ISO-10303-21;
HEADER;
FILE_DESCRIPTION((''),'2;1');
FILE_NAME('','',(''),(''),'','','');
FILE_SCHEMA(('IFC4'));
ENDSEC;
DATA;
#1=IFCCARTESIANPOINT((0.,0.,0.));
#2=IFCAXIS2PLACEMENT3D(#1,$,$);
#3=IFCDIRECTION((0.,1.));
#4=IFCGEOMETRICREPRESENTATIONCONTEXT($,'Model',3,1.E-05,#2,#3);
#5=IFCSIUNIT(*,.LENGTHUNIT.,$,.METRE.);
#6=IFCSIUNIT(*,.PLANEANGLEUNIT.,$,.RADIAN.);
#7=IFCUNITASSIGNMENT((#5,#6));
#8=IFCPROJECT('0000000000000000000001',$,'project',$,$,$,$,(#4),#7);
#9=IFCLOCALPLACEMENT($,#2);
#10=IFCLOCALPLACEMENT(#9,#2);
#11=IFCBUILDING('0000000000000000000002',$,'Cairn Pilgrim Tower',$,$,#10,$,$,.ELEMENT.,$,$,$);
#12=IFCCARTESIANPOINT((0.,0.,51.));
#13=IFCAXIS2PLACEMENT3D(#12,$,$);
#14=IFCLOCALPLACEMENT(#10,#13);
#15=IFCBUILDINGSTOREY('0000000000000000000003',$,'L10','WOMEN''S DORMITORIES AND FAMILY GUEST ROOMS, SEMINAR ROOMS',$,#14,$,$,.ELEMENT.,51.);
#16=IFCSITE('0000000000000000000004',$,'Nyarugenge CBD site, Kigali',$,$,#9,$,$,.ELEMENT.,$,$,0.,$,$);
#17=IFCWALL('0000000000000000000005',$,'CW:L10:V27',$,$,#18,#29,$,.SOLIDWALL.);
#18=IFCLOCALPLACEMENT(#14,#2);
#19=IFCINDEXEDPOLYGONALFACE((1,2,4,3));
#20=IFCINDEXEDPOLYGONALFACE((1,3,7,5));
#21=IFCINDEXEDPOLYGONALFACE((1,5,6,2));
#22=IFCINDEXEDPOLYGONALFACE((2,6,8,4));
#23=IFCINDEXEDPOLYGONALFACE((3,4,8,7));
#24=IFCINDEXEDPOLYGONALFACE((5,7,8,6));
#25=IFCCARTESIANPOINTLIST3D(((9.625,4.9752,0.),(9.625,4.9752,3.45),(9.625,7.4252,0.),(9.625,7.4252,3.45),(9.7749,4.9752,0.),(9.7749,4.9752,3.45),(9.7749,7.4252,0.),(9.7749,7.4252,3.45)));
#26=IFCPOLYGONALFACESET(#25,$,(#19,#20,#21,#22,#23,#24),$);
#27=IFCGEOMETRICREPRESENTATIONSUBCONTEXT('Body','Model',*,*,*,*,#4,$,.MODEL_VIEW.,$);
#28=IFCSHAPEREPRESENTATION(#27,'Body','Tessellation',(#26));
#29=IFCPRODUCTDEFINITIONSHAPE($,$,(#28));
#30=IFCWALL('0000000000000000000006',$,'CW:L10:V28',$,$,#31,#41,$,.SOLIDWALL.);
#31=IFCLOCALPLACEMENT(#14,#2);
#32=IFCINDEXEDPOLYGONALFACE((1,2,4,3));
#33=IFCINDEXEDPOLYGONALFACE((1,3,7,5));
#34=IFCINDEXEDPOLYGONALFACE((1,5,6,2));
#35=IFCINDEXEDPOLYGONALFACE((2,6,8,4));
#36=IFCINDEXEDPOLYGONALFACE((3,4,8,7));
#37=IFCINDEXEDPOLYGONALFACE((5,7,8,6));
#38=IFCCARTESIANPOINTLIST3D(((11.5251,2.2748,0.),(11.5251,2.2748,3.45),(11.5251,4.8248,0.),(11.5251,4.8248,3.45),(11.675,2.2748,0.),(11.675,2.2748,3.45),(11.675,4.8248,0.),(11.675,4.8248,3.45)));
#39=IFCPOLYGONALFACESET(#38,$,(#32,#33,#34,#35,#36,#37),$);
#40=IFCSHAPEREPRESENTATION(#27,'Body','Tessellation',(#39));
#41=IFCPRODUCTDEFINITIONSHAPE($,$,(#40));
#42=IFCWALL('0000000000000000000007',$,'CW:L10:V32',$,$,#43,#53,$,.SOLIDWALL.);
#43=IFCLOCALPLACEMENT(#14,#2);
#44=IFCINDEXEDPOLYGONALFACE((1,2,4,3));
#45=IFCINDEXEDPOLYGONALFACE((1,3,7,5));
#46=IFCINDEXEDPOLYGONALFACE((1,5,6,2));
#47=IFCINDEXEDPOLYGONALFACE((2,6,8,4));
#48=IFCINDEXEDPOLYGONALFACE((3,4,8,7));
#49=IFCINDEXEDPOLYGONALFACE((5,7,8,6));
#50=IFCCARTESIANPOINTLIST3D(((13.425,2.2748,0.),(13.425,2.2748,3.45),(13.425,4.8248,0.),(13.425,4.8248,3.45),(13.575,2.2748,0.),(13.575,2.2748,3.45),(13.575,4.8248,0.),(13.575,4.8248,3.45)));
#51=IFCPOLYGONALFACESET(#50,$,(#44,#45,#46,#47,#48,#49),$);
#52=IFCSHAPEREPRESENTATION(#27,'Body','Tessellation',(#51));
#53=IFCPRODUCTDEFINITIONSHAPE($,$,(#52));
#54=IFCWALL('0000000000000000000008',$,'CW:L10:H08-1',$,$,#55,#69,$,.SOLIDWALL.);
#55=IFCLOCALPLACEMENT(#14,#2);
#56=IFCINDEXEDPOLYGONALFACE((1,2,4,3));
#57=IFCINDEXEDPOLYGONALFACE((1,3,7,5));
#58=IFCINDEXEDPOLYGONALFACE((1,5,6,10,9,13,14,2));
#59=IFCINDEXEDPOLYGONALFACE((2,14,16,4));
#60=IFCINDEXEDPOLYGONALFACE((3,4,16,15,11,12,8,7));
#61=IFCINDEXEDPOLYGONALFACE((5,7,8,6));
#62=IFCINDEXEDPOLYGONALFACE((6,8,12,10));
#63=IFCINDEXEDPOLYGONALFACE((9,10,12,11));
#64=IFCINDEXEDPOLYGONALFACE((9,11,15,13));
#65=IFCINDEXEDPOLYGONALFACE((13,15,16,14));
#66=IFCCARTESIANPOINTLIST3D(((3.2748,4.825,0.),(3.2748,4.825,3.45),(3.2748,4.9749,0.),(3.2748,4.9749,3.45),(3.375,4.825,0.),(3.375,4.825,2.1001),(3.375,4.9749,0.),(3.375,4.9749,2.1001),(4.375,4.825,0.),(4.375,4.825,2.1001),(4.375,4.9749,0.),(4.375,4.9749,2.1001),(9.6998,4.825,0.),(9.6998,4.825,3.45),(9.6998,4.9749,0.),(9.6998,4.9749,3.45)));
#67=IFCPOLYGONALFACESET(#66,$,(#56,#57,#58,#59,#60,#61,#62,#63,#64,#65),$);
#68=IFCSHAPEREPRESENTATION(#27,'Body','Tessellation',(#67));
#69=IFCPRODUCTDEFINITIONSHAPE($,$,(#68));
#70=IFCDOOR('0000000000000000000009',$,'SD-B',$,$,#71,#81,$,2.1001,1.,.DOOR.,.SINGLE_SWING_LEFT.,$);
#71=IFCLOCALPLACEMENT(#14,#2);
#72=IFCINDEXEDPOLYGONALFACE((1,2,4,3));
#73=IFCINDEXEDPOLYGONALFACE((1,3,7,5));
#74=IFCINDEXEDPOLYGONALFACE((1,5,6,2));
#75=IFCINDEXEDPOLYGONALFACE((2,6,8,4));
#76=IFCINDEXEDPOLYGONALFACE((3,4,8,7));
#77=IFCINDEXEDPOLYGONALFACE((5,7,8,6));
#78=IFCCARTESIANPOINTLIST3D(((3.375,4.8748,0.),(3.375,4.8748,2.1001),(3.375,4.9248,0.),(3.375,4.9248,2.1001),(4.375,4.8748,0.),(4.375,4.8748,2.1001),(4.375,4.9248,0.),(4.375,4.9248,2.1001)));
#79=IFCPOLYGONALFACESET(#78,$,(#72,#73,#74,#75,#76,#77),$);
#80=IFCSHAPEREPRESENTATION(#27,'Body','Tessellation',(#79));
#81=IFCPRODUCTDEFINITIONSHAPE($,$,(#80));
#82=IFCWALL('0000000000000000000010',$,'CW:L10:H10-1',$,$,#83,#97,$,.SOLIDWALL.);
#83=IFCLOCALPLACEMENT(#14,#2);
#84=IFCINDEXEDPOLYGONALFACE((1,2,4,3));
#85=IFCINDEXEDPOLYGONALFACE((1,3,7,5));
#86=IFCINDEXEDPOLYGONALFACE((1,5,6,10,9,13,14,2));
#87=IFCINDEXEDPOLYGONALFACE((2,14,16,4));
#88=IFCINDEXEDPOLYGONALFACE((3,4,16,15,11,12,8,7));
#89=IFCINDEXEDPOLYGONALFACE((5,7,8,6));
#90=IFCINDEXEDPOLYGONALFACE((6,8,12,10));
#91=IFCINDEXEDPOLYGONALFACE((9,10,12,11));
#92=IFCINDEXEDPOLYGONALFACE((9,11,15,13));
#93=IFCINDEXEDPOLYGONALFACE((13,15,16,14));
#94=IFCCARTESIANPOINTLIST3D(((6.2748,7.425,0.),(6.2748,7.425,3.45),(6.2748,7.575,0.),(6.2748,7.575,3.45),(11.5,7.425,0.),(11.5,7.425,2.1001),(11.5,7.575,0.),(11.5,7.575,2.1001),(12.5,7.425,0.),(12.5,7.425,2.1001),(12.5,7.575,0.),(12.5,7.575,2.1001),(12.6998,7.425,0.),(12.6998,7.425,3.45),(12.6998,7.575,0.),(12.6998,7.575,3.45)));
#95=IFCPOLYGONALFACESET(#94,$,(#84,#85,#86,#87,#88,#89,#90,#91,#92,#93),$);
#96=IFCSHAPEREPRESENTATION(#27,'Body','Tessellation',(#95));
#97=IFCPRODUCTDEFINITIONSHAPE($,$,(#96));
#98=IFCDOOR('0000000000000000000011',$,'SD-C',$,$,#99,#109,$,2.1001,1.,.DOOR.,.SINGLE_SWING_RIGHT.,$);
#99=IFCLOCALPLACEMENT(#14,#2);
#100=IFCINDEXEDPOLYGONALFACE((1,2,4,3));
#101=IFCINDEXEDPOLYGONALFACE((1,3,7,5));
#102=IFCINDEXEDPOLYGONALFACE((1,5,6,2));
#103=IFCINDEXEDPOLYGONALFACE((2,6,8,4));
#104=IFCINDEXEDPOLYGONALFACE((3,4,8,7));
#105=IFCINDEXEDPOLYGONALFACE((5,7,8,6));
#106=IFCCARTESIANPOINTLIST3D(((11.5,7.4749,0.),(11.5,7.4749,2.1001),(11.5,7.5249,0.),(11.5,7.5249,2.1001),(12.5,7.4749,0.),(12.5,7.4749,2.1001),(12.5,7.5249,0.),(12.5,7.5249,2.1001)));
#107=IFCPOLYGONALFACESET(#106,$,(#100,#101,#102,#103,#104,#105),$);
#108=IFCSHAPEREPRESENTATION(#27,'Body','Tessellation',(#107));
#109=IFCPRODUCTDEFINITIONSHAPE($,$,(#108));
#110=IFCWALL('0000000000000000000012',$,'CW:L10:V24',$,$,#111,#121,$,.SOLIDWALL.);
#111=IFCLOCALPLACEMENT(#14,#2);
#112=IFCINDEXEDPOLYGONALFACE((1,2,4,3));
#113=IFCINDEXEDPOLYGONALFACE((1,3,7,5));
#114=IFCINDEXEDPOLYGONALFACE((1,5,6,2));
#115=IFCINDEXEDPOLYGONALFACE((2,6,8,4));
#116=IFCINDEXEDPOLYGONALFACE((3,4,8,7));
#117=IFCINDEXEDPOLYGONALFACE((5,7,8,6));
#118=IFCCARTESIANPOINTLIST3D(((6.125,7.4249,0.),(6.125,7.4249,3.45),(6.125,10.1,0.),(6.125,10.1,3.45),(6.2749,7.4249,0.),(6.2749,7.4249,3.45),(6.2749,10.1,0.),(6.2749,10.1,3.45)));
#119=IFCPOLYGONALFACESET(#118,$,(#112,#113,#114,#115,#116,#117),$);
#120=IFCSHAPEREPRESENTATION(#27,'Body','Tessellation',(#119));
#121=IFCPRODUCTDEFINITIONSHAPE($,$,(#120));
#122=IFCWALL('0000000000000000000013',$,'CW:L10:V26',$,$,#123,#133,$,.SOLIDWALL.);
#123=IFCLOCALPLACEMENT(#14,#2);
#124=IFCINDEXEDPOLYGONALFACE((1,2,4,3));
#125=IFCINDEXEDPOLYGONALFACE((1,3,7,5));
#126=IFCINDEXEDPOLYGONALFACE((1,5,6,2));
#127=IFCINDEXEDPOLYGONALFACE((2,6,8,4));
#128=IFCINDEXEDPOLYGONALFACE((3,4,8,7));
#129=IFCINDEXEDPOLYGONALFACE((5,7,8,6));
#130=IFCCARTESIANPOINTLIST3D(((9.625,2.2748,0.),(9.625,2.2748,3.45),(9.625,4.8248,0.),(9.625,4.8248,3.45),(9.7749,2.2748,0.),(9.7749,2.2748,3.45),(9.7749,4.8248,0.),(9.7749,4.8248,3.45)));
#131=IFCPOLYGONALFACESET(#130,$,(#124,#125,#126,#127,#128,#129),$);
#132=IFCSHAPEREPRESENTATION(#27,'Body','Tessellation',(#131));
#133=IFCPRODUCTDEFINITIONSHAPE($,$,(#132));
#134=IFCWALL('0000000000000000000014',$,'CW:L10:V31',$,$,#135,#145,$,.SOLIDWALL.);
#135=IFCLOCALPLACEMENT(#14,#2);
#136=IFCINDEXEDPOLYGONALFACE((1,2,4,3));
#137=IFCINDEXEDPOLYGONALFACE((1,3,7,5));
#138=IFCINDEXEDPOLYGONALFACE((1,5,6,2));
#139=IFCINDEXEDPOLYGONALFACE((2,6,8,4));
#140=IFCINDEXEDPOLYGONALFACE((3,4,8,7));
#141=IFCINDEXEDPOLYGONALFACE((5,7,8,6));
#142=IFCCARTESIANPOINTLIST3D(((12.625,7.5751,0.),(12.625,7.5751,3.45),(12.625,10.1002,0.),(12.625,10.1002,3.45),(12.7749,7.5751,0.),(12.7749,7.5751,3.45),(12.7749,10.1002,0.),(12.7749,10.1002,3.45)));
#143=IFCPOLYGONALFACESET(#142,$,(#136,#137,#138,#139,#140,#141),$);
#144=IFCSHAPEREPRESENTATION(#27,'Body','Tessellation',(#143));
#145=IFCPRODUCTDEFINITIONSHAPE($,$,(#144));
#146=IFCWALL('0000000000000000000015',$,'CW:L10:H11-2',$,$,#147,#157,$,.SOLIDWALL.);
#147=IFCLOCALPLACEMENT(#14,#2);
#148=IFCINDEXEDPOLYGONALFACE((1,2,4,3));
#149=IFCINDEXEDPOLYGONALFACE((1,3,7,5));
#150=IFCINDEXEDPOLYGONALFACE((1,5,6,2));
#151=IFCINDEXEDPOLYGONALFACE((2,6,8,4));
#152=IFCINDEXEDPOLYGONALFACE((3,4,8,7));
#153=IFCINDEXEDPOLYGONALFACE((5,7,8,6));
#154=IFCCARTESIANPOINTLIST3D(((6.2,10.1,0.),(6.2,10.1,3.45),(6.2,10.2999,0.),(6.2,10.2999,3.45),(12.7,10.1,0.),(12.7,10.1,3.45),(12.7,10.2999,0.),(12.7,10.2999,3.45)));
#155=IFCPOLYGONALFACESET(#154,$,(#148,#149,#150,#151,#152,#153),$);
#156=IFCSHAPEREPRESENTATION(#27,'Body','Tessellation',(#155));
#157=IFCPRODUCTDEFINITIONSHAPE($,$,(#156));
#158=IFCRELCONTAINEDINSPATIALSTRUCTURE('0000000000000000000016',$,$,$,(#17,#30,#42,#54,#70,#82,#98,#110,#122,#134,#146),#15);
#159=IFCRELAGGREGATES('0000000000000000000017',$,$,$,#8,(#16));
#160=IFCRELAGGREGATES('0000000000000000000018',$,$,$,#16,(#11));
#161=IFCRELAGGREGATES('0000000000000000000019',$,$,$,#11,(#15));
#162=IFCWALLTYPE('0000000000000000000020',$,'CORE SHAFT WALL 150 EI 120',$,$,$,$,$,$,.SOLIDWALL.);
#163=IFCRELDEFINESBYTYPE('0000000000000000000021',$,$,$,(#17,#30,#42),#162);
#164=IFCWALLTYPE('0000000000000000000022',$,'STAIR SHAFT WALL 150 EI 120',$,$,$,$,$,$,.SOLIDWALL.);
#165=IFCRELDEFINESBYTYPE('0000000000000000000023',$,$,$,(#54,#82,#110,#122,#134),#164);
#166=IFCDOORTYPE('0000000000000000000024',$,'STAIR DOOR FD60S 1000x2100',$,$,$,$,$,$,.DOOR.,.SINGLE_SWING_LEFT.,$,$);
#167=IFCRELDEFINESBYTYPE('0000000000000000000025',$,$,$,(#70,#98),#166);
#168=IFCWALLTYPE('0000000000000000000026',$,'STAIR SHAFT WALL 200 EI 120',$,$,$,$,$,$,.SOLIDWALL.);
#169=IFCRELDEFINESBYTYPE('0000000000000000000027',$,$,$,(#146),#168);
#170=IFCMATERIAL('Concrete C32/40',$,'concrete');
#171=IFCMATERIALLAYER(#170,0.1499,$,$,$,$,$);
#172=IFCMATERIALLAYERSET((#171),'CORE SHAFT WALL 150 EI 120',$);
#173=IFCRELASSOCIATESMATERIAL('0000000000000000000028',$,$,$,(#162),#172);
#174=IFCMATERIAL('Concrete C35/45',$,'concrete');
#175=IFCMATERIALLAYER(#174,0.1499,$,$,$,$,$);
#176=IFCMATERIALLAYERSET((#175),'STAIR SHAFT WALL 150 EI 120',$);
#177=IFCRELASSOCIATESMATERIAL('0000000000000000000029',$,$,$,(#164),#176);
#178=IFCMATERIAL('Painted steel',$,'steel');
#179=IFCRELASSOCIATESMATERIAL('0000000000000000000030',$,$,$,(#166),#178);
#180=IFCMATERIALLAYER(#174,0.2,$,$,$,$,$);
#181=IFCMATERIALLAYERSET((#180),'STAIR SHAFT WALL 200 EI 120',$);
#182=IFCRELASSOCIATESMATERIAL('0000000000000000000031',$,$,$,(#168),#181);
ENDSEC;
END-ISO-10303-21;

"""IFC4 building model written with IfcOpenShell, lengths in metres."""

from ifc_helpers import new_model, si_unit, direction, frame, frame_2d, origin, place, context, subcontext, project, spatial, rectangle, extrude, material, layer, layer_set, type_object, element, fill, save


model = new_model("IFC4")

# Units and contexts
model_context = context("Model", 3, precision=1e-05, world=origin(), true_north=direction((0.0, 1.0)))
body_context = subcontext(model_context, "Body", "Model", "MODEL_VIEW")
ifc_project = project(units=[si_unit("LENGTHUNIT", "METRE"), si_unit("PLANEANGLEUNIT", "RADIAN")], contexts=[model_context])

# Site, building, storey
site_placement = place(None, origin())
site = spatial("IfcSite", under=ifc_project, at=site_placement, Name="Nyarugenge CBD site, Kigali", CompositionType="ELEMENT", RefElevation=0.0)
building_placement = place(site_placement, origin())
building = spatial("IfcBuilding", under=site, at=building_placement, Name="Cairn Pilgrim Tower", CompositionType="ELEMENT")
storey_placement = place(building_placement, frame((0.0, 0.0, 51.0)))
storey = spatial("IfcBuildingStorey", under=building, at=storey_placement, Name="L10", Description="WOMEN'S DORMITORIES AND FAMILY GUEST ROOMS, SEMINAR ROOMS", CompositionType="ELEMENT", Elevation=51.0)

# Shared definitions
ifc_material_1 = material(Name="Concrete C32/40", Category="concrete")

# Shared definitions
ifc_layer_1 = layer(ifc_material_1, 0.1499)
ifc_layer_set_1 = layer_set([ifc_layer_1], Name="CORE SHAFT WALL 150 EI 120")
wall_type_1 = type_object("IfcWallType", Name="CORE SHAFT WALL 150 EI 120", PredefinedType="SOLIDWALL", material=ifc_layer_set_1)
ifc_material_2 = material(Name="Painted steel", Category="steel")

# Walls
wall_1_placement = place(storey_placement, frame((9.7, 4.9751, 0.0), z_axis=(0.0, 0.0, 1.0), x_axis=(0.0, 1.0, 0.0)))
element("IfcWall", 1, at=wall_1_placement, inside=storey, type_object=wall_type_1, Name="CW:L10:V27", PredefinedType="SOLIDWALL", context=body_context, shape_type="SweptSolid", body=[
    extrude(rectangle(XDim=2.45, YDim=0.1499, at=frame_2d((1.2251, 0.0))), origin(), (0.0, 0.0, 1.0), 3.45),
])
for number, where, z_axis, x_axis, name in (
    (2, (11.6001, 2.2749, 0.0), (0.0, 0.0, 1.0), (0.0, 1.0, 0.0), "CW:L10:V28"),
    (3, (13.5, 2.2749, 0.0), (0.0, 0.0, 1.0), (0.0, 1.0, 0.0), "CW:L10:V32"),
):
    element("IfcWall", number, at=place(storey_placement, frame(where, z_axis=z_axis, x_axis=x_axis)), inside=storey, type_object=wall_type_1, Name=name, PredefinedType="SOLIDWALL", context=body_context, shape_type="SweptSolid", body=[
        extrude(rectangle(XDim=2.55, YDim=0.1499, at=frame_2d((1.2749, 0.0))), origin(), (0.0, 0.0, 1.0), 3.45),
    ])

# Walls, openings, doors
ifc_material_3 = material(Name="Concrete C35/45", Category="concrete")
ifc_layer_2 = layer(ifc_material_3, 0.1499)
ifc_layer_set_2 = layer_set([ifc_layer_2], Name="STAIR SHAFT WALL 150 EI 120")
wall_type_2 = type_object("IfcWallType", Name="STAIR SHAFT WALL 150 EI 120", PredefinedType="SOLIDWALL", material=ifc_layer_set_2)
wall_2_placement = place(storey_placement, frame((3.2749, 4.8999, 0.0), z_axis=(0.0, 0.0, 1.0), x_axis=(1.0, 0.0, 0.0)))
wall_2 = element("IfcWall", 4, at=wall_2_placement, inside=storey, type_object=wall_type_2, Name="CW:L10:H08-1", PredefinedType="SOLIDWALL", context=body_context, shape_type="SweptSolid", body=[
    extrude(rectangle(XDim=6.425, YDim=0.1499, at=frame_2d((3.2124, 0.0))), origin(), (0.0, 0.0, 1.0), 3.45),
])
opening_1_placement = place(wall_2_placement, frame((0.1001, 0.0, 0.0)))
opening_1 = element("IfcOpeningElement", 5, at=opening_1_placement, cuts=wall_2, PredefinedType="OPENING", context=body_context, shape_type="SweptSolid", body=[
    extrude(rectangle(XDim=1.0, YDim=2.1001, at=frame_2d((0.5, 1.05))), frame((0.0, 0.085, 0.0), z_axis=(0.0, -1.0, 0.0), x_axis=(1.0, 0.0, 0.0)), (0.0, 0.0, 1.0), 0.1699),
])
door_type_1 = type_object("IfcDoorType", Name="STAIR DOOR FD60S 1000x2100", OperationType="SINGLE_SWING_LEFT", PredefinedType="DOOR", material=ifc_material_2)
door_1_placement = place(opening_1_placement, origin())
door_1 = element("IfcDoor", 6, at=door_1_placement, inside=storey, type_object=door_type_1, Name="SD-B", OperationType="SINGLE_SWING_LEFT", OverallHeight=2.1001, OverallWidth=1.0, PredefinedType="DOOR", context=body_context, shape_type="SweptSolid", body=[
    extrude(rectangle(XDim=1.0, YDim=2.1001, at=frame_2d((0.5, 1.05))), frame((0.0, 0.0249, 0.0), z_axis=(0.0, -1.0, 0.0), x_axis=(1.0, 0.0, 0.0)), (0.0, 0.0, 1.0), 0.05),
])
fill(opening_1, door_1)
wall_3_placement = place(storey_placement, frame((6.2749, 7.5, 0.0), z_axis=(0.0, 0.0, 1.0), x_axis=(1.0, 0.0, 0.0)))
wall_3 = element("IfcWall", 7, at=wall_3_placement, inside=storey, type_object=wall_type_2, Name="CW:L10:H10-1", PredefinedType="SOLIDWALL", context=body_context, shape_type="SweptSolid", body=[
    extrude(rectangle(XDim=6.425, YDim=0.1499, at=frame_2d((3.2124, 0.0))), origin(), (0.0, 0.0, 1.0), 3.45),
])
opening_2_placement = place(wall_3_placement, frame((5.2251, 0.0, 0.0)))
opening_2 = element("IfcOpeningElement", 8, at=opening_2_placement, cuts=wall_3, PredefinedType="OPENING", context=body_context, shape_type="SweptSolid", body=[
    extrude(rectangle(XDim=1.0, YDim=2.1001, at=frame_2d((0.5, 1.05))), frame((0.0, 0.085, 0.0), z_axis=(0.0, -1.0, 0.0), x_axis=(1.0, 0.0, 0.0)), (0.0, 0.0, 1.0), 0.1699),
])
door_2_placement = place(opening_2_placement, origin())
door_2 = element("IfcDoor", 9, at=door_2_placement, inside=storey, type_object=door_type_1, Name="SD-C", OperationType="SINGLE_SWING_RIGHT", OverallHeight=2.1001, OverallWidth=1.0, PredefinedType="DOOR", context=body_context, shape_type="SweptSolid", body=[
    extrude(rectangle(XDim=1.0, YDim=2.1001, at=frame_2d((0.5, 1.05))), frame((0.0, 0.0249, 0.0), z_axis=(0.0, -1.0, 0.0), x_axis=(1.0, 0.0, 0.0)), (0.0, 0.0, 1.0), 0.05),
])
fill(opening_2, door_2)

# Walls
wall_4_placement = place(storey_placement, frame((6.2, 7.425, 0.0), z_axis=(0.0, 0.0, 1.0), x_axis=(0.0, 1.0, 0.0)))
element("IfcWall", 10, at=wall_4_placement, inside=storey, type_object=wall_type_2, Name="CW:L10:V24", PredefinedType="SOLIDWALL", context=body_context, shape_type="SweptSolid", body=[
    extrude(rectangle(XDim=2.675, YDim=0.1499, at=frame_2d((1.3374, 0.0))), origin(), (0.0, 0.0, 1.0), 3.45),
])
wall_5_placement = place(storey_placement, frame((9.7, 2.2749, 0.0), z_axis=(0.0, 0.0, 1.0), x_axis=(0.0, 1.0, 0.0)))
element("IfcWall", 11, at=wall_5_placement, inside=storey, type_object=wall_type_2, Name="CW:L10:V26", PredefinedType="SOLIDWALL", context=body_context, shape_type="SweptSolid", body=[
    extrude(rectangle(XDim=2.55, YDim=0.1499, at=frame_2d((1.2749, 0.0))), origin(), (0.0, 0.0, 1.0), 3.45),
])
wall_6_placement = place(storey_placement, frame((12.7, 7.575, 0.0), z_axis=(0.0, 0.0, 1.0), x_axis=(0.0, 1.0, 0.0)))
element("IfcWall", 12, at=wall_6_placement, inside=storey, type_object=wall_type_2, Name="CW:L10:V31", PredefinedType="SOLIDWALL", context=body_context, shape_type="SweptSolid", body=[
    extrude(rectangle(XDim=2.5251, YDim=0.1499, at=frame_2d((1.2627, 0.0))), origin(), (0.0, 0.0, 1.0), 3.45),
])
ifc_layer_3 = layer(ifc_material_3, 0.2)
ifc_layer_set_3 = layer_set([ifc_layer_3], Name="STAIR SHAFT WALL 200 EI 120")
wall_type_3 = type_object("IfcWallType", Name="STAIR SHAFT WALL 200 EI 120", PredefinedType="SOLIDWALL", material=ifc_layer_set_3)
wall_7_placement = place(storey_placement, frame((6.2, 10.2, 0.0), z_axis=(0.0, 0.0, 1.0), x_axis=(1.0, 0.0, 0.0)))
element("IfcWall", 13, at=wall_7_placement, inside=storey, type_object=wall_type_3, Name="CW:L10:H11-2", PredefinedType="SOLIDWALL", context=body_context, shape_type="SweptSolid", body=[
    extrude(rectangle(XDim=6.5, YDim=0.2, at=frame_2d((3.25, 0.0))), origin(), (0.0, 0.0, 1.0), 3.45),
])

save(model, "model.ifc")
